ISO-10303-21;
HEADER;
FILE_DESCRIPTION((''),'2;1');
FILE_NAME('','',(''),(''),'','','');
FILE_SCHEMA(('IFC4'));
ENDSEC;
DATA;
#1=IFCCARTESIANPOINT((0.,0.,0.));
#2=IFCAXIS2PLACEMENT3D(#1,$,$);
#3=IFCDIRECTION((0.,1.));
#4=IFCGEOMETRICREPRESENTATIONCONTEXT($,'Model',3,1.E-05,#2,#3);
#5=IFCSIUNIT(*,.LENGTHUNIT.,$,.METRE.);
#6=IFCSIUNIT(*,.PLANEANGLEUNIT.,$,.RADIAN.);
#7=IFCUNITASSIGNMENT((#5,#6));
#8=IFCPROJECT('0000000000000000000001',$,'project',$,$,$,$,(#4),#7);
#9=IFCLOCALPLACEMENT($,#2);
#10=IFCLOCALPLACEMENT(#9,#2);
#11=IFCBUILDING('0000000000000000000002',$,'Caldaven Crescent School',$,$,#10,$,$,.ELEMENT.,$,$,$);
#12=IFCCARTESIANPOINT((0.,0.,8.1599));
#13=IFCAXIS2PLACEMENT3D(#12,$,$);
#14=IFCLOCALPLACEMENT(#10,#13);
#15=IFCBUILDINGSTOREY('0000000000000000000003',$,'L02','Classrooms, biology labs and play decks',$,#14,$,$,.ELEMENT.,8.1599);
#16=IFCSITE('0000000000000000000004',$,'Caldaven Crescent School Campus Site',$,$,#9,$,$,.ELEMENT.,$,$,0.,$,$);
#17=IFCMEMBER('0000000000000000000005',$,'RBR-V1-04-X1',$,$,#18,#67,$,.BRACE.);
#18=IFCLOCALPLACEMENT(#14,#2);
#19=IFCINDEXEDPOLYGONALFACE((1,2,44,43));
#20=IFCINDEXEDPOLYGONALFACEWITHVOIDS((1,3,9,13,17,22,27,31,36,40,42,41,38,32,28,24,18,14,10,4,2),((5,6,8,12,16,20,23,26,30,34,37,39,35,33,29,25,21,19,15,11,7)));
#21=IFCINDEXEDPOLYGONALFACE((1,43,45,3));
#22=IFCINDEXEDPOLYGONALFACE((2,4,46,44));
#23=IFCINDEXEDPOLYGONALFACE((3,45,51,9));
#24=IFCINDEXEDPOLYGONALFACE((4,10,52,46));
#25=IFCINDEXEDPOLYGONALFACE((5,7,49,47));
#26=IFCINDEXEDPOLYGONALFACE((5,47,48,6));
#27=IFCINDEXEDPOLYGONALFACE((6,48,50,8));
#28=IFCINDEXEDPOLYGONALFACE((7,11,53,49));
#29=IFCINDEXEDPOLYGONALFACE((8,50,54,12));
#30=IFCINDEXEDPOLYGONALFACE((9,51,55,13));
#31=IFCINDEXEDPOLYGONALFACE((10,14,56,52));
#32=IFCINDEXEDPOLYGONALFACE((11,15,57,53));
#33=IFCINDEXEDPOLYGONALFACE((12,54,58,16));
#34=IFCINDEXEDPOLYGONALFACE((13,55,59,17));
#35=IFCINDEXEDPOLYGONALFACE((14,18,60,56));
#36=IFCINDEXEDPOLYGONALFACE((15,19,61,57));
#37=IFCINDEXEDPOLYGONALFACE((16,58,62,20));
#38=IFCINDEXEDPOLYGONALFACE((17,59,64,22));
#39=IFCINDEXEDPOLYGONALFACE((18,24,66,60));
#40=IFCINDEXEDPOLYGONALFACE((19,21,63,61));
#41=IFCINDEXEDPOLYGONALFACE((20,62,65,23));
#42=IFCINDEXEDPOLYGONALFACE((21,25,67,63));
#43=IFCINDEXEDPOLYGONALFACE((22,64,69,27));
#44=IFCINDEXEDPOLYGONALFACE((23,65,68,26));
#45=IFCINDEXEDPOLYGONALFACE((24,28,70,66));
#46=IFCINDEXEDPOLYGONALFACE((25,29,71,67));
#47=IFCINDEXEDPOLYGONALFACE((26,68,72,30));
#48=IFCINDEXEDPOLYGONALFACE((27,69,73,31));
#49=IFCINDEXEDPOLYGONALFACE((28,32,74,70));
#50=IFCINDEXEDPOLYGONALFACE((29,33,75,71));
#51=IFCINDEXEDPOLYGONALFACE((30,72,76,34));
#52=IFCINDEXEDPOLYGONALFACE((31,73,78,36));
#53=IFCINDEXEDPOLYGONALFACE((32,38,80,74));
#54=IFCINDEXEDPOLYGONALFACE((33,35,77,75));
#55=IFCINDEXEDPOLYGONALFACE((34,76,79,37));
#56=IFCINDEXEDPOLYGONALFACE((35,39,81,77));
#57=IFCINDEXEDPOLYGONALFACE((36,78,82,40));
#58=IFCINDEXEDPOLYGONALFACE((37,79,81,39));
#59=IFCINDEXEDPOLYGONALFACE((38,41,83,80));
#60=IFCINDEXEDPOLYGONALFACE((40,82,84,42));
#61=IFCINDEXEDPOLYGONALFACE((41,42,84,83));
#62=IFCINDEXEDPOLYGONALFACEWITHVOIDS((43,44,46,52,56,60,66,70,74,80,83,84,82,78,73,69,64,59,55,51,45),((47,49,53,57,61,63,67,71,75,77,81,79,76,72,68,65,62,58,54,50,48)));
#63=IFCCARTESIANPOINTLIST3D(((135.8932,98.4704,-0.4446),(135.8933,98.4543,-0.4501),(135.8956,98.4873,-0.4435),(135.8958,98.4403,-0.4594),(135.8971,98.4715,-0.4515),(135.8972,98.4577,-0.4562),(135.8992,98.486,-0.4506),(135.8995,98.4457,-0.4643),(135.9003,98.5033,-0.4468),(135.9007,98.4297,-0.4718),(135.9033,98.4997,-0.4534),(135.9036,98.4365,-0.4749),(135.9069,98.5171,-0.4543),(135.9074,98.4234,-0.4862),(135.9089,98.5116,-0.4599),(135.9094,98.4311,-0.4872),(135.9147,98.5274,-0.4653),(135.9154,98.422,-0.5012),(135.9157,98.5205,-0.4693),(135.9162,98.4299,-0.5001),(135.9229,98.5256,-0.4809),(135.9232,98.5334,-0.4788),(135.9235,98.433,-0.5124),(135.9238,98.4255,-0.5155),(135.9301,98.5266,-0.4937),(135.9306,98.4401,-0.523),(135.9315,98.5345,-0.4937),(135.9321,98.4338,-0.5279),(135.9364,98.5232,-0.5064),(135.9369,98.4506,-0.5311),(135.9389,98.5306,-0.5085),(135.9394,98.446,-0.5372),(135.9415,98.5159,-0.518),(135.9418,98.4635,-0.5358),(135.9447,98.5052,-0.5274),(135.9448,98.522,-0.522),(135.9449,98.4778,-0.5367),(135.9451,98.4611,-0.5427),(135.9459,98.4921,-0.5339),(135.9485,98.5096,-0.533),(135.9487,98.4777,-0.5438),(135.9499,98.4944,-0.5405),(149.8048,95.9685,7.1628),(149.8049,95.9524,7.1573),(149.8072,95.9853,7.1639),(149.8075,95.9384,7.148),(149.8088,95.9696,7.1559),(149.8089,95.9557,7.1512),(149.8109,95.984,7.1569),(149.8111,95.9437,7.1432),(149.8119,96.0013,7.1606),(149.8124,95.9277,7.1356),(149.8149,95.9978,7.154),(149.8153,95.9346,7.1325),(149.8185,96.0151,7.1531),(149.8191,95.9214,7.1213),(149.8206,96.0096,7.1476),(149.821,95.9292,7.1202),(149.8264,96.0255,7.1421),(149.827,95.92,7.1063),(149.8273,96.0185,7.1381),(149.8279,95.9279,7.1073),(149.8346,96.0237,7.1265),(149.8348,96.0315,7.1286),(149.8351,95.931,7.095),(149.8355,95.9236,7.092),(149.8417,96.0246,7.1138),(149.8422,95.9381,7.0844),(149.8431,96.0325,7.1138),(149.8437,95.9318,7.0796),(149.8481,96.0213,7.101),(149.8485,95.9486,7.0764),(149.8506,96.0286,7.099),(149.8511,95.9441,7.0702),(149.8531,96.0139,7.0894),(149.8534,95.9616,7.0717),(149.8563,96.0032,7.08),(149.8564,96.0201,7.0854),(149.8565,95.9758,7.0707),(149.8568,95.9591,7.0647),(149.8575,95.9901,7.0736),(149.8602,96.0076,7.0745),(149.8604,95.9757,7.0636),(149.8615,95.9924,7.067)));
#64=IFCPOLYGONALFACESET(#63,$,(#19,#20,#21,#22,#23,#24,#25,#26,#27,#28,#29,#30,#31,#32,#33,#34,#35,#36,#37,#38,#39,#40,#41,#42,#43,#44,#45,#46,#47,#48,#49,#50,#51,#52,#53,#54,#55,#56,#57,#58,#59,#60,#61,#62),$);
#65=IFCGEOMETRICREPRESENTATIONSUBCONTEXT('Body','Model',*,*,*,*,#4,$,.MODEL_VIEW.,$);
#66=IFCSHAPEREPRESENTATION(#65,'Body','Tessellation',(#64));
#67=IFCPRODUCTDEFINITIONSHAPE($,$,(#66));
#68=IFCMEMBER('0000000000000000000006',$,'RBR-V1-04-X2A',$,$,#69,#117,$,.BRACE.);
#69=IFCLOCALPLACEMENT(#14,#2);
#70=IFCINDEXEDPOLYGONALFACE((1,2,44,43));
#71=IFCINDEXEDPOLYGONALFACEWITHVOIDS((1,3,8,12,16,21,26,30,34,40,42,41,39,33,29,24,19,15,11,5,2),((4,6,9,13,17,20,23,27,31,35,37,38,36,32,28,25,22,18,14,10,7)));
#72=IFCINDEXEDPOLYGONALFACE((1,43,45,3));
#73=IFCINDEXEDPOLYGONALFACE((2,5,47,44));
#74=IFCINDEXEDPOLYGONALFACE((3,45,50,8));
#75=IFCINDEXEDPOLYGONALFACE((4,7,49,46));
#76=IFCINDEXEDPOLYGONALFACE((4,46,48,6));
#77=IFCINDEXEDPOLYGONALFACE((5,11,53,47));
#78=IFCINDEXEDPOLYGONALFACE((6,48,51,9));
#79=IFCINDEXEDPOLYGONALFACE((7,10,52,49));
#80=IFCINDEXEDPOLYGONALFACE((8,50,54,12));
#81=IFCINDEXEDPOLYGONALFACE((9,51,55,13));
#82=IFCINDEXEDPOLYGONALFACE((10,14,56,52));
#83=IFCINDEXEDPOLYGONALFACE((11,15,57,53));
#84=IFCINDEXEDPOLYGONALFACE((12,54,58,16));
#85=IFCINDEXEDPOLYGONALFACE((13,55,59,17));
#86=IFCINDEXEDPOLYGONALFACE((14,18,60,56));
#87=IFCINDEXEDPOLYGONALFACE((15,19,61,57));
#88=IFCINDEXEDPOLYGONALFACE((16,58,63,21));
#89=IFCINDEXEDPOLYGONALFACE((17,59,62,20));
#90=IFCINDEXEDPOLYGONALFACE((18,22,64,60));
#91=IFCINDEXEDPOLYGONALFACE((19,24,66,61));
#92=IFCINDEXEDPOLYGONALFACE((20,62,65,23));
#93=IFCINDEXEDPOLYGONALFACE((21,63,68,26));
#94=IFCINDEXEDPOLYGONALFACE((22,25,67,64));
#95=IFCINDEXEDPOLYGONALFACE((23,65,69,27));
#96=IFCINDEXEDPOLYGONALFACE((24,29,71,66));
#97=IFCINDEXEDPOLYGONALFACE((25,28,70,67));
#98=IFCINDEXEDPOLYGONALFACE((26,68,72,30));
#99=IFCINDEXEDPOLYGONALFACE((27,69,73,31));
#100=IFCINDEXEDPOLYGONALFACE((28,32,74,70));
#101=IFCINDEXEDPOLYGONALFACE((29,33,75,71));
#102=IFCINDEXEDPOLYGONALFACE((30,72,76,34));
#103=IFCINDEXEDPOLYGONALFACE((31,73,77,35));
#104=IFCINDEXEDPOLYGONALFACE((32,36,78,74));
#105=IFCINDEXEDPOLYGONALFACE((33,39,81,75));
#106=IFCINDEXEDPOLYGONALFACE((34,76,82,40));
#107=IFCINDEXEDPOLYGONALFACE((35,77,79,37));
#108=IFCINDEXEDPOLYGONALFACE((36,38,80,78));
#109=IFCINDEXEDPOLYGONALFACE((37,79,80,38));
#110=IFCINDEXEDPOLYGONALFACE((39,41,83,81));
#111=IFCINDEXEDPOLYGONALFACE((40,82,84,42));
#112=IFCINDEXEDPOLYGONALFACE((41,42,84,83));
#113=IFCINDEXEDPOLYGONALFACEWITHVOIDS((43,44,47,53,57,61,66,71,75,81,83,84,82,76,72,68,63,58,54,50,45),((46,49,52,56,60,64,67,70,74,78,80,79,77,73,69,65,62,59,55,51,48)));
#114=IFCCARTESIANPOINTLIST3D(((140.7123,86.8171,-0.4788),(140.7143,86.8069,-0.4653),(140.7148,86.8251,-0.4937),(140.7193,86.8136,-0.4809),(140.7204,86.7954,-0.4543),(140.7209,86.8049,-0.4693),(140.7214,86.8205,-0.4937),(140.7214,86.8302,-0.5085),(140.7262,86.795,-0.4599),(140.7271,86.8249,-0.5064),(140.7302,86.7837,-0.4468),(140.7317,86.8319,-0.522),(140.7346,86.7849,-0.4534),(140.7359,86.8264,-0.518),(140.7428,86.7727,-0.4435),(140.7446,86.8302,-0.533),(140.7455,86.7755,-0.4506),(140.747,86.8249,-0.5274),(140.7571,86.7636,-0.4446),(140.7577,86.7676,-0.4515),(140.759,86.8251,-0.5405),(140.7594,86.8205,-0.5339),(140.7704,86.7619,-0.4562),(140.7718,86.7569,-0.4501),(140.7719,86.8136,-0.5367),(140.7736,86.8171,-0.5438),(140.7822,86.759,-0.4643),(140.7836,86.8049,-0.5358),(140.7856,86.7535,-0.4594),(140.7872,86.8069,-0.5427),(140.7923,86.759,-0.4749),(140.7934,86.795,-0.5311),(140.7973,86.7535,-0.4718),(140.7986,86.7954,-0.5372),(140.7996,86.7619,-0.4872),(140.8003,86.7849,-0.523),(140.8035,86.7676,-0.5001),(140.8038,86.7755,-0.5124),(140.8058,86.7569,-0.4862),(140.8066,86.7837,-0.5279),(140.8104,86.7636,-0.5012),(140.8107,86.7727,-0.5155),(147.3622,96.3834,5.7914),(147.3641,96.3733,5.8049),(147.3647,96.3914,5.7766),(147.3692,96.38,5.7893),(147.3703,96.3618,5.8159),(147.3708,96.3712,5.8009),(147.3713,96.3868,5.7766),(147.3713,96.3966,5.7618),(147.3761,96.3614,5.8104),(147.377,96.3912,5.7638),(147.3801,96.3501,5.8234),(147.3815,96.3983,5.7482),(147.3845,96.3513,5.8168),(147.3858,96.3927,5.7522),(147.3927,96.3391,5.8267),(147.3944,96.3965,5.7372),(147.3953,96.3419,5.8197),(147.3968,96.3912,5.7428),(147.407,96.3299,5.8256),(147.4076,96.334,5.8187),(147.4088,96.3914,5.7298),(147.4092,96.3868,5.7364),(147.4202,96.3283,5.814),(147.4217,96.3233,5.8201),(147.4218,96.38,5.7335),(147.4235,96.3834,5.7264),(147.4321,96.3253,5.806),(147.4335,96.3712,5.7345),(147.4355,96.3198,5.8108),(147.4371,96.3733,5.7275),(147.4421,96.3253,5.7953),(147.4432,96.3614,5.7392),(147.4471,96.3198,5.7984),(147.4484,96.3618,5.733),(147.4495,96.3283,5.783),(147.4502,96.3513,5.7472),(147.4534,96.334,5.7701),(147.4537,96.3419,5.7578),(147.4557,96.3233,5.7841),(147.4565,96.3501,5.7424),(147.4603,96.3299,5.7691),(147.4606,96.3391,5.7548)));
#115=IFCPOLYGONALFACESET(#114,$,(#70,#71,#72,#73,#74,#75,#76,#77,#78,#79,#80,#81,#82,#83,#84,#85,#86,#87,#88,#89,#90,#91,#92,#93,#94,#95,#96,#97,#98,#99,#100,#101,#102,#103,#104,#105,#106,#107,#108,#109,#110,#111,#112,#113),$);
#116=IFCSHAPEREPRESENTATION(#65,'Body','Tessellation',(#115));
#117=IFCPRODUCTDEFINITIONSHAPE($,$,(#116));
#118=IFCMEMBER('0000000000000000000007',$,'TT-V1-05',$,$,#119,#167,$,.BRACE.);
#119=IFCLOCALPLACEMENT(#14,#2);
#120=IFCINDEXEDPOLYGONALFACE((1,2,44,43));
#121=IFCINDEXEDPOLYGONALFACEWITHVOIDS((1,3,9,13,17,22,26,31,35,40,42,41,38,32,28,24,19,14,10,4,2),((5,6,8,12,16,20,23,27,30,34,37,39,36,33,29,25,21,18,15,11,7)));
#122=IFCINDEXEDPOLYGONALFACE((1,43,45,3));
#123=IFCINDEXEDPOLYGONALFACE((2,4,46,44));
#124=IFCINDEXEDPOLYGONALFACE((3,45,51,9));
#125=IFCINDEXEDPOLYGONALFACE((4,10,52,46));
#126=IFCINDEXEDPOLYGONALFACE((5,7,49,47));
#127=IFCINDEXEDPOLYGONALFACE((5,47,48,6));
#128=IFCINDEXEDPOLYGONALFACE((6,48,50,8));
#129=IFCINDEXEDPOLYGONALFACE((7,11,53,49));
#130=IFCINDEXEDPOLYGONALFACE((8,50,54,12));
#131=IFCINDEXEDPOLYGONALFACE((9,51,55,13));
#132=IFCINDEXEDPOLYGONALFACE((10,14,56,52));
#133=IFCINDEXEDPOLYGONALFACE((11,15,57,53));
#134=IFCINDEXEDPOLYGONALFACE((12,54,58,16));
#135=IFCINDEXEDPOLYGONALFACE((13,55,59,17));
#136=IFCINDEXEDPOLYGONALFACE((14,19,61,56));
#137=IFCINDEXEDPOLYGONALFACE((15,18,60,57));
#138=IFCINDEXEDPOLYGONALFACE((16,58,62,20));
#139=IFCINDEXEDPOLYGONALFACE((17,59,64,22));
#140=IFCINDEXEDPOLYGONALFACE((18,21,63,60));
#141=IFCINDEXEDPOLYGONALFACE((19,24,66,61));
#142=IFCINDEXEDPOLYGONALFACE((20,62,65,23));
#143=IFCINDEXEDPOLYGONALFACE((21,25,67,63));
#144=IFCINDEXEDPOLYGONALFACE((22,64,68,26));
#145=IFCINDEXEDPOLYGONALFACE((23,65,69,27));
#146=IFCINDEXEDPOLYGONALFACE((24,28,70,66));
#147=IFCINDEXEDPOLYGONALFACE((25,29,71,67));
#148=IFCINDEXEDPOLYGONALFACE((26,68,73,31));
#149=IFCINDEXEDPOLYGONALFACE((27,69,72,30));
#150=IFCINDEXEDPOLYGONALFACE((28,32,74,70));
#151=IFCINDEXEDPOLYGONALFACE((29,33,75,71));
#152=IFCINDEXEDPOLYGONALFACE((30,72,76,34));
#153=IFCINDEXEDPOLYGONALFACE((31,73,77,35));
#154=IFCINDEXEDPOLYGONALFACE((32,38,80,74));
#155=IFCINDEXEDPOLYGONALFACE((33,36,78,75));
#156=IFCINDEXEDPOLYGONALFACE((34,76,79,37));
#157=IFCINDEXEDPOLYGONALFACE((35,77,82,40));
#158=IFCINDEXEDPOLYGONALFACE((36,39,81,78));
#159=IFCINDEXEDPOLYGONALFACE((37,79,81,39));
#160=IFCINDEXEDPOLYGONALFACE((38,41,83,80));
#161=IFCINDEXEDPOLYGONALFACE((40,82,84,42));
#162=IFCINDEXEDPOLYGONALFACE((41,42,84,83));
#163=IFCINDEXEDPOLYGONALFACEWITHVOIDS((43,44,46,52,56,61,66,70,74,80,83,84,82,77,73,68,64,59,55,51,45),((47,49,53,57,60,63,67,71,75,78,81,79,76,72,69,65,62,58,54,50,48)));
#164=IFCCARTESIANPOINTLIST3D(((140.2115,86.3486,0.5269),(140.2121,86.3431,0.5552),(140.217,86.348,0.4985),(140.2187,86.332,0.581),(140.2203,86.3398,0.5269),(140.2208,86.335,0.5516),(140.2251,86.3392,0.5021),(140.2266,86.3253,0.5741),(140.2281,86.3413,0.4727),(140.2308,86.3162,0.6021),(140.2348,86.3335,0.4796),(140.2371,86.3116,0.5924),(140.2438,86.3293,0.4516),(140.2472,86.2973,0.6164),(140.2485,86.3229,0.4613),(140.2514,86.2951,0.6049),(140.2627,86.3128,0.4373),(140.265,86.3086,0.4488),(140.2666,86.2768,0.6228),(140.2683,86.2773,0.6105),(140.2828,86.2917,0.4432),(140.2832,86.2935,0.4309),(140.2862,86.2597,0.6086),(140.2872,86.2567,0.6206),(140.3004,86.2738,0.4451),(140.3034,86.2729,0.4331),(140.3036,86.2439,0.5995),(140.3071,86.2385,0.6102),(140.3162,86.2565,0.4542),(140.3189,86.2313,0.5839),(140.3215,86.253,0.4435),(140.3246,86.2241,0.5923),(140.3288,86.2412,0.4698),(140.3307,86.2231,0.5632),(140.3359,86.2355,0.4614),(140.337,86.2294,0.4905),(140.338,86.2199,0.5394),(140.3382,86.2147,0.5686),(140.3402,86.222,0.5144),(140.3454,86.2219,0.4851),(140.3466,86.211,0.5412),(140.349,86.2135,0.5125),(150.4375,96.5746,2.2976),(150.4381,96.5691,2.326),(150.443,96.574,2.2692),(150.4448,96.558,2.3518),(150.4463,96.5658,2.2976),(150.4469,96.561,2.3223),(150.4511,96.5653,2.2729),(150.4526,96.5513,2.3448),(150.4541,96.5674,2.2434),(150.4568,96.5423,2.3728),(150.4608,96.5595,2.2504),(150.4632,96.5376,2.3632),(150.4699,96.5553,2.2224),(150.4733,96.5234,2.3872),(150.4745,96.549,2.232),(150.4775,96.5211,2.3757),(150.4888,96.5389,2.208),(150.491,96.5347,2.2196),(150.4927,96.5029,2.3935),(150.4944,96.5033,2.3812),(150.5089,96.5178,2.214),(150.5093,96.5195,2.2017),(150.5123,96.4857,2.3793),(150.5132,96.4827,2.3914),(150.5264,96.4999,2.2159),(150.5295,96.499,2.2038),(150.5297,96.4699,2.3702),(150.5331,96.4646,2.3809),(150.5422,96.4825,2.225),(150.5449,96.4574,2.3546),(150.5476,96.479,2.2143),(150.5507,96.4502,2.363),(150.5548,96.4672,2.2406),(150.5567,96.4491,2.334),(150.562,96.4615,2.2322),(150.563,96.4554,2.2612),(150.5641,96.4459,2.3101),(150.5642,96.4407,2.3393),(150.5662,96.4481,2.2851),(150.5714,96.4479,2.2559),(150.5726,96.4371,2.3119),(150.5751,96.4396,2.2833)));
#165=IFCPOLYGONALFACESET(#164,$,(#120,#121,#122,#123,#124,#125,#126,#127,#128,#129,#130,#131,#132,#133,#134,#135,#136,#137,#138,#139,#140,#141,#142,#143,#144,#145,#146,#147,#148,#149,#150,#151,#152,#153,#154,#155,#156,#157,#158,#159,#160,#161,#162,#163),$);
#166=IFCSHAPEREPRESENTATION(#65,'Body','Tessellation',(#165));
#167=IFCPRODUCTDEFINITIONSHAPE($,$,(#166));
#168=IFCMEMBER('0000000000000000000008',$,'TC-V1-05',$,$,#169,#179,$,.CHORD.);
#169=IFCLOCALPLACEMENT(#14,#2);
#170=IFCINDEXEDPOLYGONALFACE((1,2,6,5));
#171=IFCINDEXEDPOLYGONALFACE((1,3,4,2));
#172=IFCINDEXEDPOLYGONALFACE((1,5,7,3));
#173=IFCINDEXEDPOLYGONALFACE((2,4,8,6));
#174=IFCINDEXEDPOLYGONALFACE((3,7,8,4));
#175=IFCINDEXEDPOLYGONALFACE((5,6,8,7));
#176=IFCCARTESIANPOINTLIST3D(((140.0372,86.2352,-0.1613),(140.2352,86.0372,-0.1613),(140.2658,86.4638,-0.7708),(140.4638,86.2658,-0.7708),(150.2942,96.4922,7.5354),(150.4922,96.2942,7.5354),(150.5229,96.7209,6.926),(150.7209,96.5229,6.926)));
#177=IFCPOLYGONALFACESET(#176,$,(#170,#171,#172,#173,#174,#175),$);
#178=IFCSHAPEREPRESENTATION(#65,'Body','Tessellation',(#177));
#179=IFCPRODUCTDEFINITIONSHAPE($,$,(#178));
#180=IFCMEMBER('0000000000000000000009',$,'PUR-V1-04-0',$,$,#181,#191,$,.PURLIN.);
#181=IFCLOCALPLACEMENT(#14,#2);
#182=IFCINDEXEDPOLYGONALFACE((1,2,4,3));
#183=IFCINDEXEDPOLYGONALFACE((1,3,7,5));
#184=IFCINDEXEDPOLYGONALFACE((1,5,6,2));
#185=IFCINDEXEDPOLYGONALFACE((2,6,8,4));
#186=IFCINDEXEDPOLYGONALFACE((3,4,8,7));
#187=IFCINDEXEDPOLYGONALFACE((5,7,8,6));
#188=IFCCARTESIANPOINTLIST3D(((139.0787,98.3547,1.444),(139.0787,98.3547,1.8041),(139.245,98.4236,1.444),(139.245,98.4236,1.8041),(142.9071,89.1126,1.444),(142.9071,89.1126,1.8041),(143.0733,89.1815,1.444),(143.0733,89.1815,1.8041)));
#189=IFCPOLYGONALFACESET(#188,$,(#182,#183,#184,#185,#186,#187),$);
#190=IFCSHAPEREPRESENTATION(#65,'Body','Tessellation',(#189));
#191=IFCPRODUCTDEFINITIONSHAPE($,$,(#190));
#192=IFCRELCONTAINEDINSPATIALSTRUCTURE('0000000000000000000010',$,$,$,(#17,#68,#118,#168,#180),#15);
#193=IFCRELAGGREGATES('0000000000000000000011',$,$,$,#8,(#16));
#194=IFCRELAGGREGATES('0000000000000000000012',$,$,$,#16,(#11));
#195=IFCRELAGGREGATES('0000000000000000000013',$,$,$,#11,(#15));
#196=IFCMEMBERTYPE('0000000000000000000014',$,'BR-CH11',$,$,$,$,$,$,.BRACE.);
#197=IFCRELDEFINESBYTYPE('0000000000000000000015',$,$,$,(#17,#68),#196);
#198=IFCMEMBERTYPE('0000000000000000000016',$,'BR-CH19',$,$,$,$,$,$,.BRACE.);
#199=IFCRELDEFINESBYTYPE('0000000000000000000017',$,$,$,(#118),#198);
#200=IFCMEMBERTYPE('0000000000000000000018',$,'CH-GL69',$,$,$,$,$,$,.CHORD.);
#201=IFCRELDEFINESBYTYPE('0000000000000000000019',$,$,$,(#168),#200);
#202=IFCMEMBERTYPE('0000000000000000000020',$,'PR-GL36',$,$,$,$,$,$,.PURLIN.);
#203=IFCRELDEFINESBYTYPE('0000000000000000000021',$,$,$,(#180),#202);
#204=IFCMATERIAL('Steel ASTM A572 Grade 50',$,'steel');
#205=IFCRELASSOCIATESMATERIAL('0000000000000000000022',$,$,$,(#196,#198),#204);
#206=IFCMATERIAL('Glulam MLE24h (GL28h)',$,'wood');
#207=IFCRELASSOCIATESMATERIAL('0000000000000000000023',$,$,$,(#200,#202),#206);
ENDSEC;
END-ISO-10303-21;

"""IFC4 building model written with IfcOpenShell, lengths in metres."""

from ifc_helpers import new_model, si_unit, direction, frame, origin, origin_2d, place, context, subcontext, project, spatial, rectangle, hollow_circle, extrude, material, material_profile, profile_set, type_object, element, save


model = new_model("IFC4")

# Units and contexts
model_context = context("Model", 3, precision=1e-05, world=origin(), true_north=direction((0.0, 1.0)))
body_context = subcontext(model_context, "Body", "Model", "MODEL_VIEW")
ifc_project = project(units=[si_unit("LENGTHUNIT", "METRE"), si_unit("PLANEANGLEUNIT", "RADIAN")], contexts=[model_context])

# Site, building, storey
site_placement = place(None, origin())
site = spatial("IfcSite", under=ifc_project, at=site_placement, Name="Caldaven Crescent School Campus Site", CompositionType="ELEMENT", RefElevation=0.0)
building_placement = place(site_placement, origin())
building = spatial("IfcBuilding", under=site, at=building_placement, Name="Caldaven Crescent School", CompositionType="ELEMENT")
storey_placement = place(building_placement, frame((0.0, 0.0, 8.1599)))
storey = spatial("IfcBuildingStorey", under=building, at=storey_placement, Name="L02", Description="Classrooms, biology labs and play decks", CompositionType="ELEMENT", Elevation=8.1599)

# Shared definitions
ifc_material_1 = material(Name="Glulam MLE24h (GL28h)", Category="wood")
ifc_material_2 = material(Name="Steel ASTM A572 Grade 50", Category="steel")

# Members
ifc_material_profile_1 = material_profile(ifc_material_2, hollow_circle(Radius=0.0571, WallThickness=0.0081, at=origin_2d()), Name="CHS 114.3x8.0")
ifc_profile_set_1 = profile_set([ifc_material_profile_1], Name="Steel ASTM A572 Grade 50")
member_type_1 = type_object("IfcMemberType", Name="BR-CH11", PredefinedType="BRACE", material=ifc_profile_set_1)
member_1_placement = place(storey_placement, frame((135.9214, 98.4783, -0.4937), z_axis=(0.866661, -0.155866, 0.473924), x_axis=(0.177006, 0.98421, 0.0)))
element("IfcMember", 1, at=member_1_placement, inside=storey, type_object=member_type_1, Name="RBR-V1-04-X1", PredefinedType="BRACE", context=body_context, shape_type="SweptSolid", body=[
    extrude(hollow_circle(Radius=0.0571, WallThickness=0.0081, at=origin_2d()), origin(), (0.0, 0.0, 1.0), 16.052),
])
member_2_placement = place(storey_placement, frame((140.7617, 86.7925, -0.4937), z_axis=(0.502608, 0.723042, 0.473915), x_axis=(-0.821106, 0.570776, 0.0)))
element("IfcMember", 2, at=member_2_placement, inside=storey, type_object=member_type_1, Name="RBR-V1-04-X2A", PredefinedType="BRACE", context=body_context, shape_type="SweptSolid", body=[
    extrude(hollow_circle(Radius=0.0571, WallThickness=0.0081, at=origin_2d()), origin(), (0.0, 0.0, 1.0), 13.2307),
])
ifc_material_profile_2 = material_profile(ifc_material_2, hollow_circle(Radius=0.0969, WallThickness=0.0125, at=origin_2d()), Name="CHS 193.7x12.5")
ifc_profile_set_2 = profile_set([ifc_material_profile_2], Name="Steel ASTM A572 Grade 50")
member_type_2 = type_object("IfcMemberType", Name="BR-CH19", PredefinedType="BRACE", material=ifc_profile_set_2)
member_3_placement = place(storey_placement, frame((140.28, 86.28, 0.5269), z_axis=(0.701865, 0.701865, 0.121535), x_axis=(-0.707107, 0.707107, 0.0)))
element("IfcMember", 3, at=member_3_placement, inside=storey, type_object=member_type_2, Name="TT-V1-05", PredefinedType="BRACE", context=body_context, shape_type="SweptSolid", body=[
    extrude(hollow_circle(Radius=0.0969, WallThickness=0.0125, at=origin_2d()), origin(), (0.0, 0.0, 1.0), 14.5698),
])
ifc_material_profile_3 = material_profile(ifc_material_1, rectangle(XDim=0.28, YDim=0.6899, at=origin_2d()), Name="MLE 280x690")
ifc_profile_set_3 = profile_set([ifc_material_profile_3], Name="Glulam MLE24h (GL28h)")
member_type_3 = type_object("IfcMemberType", Name="CH-GL69", PredefinedType="CHORD", material=ifc_profile_set_3)
member_4_placement = place(storey_placement, frame((140.2505, 86.2505, -0.4661), z_axis=(0.624624, 0.624624, 0.46871), x_axis=(-0.707107, 0.707107, 0.0)))
element("IfcMember", 4, at=member_4_placement, inside=storey, type_object=member_type_3, Name="TC-V1-05", PredefinedType="CHORD", context=body_context, shape_type="SweptSolid", body=[
    extrude(rectangle(XDim=0.28, YDim=0.6899, at=origin_2d()), origin(), (0.0, 0.0, 1.0), 16.4211),
])
ifc_material_profile_4 = material_profile(ifc_material_1, rectangle(XDim=0.1799, YDim=0.3601, at=origin_2d()), Name="MLE 180x360")
ifc_profile_set_4 = profile_set([ifc_material_profile_4], Name="Glulam MLE24h (GL28h)")
member_type_4 = type_object("IfcMemberType", Name="PR-GL36", PredefinedType="PURLIN", material=ifc_profile_set_4)
member_5_placement = place(storey_placement, frame((139.1619, 98.3892, 1.624), z_axis=(0.382695, -0.923875, 0.0), x_axis=(0.923875, 0.382695, 0.0)))
element("IfcMember", 5, at=member_5_placement, inside=storey, type_object=member_type_4, Name="PUR-V1-04-0", PredefinedType="PURLIN", context=body_context, shape_type="SweptSolid", body=[
    extrude(rectangle(XDim=0.1799, YDim=0.3601, at=origin_2d()), origin(), (0.0, 0.0, 1.0), 10.0037),
])

save(model, "model.ifc")
